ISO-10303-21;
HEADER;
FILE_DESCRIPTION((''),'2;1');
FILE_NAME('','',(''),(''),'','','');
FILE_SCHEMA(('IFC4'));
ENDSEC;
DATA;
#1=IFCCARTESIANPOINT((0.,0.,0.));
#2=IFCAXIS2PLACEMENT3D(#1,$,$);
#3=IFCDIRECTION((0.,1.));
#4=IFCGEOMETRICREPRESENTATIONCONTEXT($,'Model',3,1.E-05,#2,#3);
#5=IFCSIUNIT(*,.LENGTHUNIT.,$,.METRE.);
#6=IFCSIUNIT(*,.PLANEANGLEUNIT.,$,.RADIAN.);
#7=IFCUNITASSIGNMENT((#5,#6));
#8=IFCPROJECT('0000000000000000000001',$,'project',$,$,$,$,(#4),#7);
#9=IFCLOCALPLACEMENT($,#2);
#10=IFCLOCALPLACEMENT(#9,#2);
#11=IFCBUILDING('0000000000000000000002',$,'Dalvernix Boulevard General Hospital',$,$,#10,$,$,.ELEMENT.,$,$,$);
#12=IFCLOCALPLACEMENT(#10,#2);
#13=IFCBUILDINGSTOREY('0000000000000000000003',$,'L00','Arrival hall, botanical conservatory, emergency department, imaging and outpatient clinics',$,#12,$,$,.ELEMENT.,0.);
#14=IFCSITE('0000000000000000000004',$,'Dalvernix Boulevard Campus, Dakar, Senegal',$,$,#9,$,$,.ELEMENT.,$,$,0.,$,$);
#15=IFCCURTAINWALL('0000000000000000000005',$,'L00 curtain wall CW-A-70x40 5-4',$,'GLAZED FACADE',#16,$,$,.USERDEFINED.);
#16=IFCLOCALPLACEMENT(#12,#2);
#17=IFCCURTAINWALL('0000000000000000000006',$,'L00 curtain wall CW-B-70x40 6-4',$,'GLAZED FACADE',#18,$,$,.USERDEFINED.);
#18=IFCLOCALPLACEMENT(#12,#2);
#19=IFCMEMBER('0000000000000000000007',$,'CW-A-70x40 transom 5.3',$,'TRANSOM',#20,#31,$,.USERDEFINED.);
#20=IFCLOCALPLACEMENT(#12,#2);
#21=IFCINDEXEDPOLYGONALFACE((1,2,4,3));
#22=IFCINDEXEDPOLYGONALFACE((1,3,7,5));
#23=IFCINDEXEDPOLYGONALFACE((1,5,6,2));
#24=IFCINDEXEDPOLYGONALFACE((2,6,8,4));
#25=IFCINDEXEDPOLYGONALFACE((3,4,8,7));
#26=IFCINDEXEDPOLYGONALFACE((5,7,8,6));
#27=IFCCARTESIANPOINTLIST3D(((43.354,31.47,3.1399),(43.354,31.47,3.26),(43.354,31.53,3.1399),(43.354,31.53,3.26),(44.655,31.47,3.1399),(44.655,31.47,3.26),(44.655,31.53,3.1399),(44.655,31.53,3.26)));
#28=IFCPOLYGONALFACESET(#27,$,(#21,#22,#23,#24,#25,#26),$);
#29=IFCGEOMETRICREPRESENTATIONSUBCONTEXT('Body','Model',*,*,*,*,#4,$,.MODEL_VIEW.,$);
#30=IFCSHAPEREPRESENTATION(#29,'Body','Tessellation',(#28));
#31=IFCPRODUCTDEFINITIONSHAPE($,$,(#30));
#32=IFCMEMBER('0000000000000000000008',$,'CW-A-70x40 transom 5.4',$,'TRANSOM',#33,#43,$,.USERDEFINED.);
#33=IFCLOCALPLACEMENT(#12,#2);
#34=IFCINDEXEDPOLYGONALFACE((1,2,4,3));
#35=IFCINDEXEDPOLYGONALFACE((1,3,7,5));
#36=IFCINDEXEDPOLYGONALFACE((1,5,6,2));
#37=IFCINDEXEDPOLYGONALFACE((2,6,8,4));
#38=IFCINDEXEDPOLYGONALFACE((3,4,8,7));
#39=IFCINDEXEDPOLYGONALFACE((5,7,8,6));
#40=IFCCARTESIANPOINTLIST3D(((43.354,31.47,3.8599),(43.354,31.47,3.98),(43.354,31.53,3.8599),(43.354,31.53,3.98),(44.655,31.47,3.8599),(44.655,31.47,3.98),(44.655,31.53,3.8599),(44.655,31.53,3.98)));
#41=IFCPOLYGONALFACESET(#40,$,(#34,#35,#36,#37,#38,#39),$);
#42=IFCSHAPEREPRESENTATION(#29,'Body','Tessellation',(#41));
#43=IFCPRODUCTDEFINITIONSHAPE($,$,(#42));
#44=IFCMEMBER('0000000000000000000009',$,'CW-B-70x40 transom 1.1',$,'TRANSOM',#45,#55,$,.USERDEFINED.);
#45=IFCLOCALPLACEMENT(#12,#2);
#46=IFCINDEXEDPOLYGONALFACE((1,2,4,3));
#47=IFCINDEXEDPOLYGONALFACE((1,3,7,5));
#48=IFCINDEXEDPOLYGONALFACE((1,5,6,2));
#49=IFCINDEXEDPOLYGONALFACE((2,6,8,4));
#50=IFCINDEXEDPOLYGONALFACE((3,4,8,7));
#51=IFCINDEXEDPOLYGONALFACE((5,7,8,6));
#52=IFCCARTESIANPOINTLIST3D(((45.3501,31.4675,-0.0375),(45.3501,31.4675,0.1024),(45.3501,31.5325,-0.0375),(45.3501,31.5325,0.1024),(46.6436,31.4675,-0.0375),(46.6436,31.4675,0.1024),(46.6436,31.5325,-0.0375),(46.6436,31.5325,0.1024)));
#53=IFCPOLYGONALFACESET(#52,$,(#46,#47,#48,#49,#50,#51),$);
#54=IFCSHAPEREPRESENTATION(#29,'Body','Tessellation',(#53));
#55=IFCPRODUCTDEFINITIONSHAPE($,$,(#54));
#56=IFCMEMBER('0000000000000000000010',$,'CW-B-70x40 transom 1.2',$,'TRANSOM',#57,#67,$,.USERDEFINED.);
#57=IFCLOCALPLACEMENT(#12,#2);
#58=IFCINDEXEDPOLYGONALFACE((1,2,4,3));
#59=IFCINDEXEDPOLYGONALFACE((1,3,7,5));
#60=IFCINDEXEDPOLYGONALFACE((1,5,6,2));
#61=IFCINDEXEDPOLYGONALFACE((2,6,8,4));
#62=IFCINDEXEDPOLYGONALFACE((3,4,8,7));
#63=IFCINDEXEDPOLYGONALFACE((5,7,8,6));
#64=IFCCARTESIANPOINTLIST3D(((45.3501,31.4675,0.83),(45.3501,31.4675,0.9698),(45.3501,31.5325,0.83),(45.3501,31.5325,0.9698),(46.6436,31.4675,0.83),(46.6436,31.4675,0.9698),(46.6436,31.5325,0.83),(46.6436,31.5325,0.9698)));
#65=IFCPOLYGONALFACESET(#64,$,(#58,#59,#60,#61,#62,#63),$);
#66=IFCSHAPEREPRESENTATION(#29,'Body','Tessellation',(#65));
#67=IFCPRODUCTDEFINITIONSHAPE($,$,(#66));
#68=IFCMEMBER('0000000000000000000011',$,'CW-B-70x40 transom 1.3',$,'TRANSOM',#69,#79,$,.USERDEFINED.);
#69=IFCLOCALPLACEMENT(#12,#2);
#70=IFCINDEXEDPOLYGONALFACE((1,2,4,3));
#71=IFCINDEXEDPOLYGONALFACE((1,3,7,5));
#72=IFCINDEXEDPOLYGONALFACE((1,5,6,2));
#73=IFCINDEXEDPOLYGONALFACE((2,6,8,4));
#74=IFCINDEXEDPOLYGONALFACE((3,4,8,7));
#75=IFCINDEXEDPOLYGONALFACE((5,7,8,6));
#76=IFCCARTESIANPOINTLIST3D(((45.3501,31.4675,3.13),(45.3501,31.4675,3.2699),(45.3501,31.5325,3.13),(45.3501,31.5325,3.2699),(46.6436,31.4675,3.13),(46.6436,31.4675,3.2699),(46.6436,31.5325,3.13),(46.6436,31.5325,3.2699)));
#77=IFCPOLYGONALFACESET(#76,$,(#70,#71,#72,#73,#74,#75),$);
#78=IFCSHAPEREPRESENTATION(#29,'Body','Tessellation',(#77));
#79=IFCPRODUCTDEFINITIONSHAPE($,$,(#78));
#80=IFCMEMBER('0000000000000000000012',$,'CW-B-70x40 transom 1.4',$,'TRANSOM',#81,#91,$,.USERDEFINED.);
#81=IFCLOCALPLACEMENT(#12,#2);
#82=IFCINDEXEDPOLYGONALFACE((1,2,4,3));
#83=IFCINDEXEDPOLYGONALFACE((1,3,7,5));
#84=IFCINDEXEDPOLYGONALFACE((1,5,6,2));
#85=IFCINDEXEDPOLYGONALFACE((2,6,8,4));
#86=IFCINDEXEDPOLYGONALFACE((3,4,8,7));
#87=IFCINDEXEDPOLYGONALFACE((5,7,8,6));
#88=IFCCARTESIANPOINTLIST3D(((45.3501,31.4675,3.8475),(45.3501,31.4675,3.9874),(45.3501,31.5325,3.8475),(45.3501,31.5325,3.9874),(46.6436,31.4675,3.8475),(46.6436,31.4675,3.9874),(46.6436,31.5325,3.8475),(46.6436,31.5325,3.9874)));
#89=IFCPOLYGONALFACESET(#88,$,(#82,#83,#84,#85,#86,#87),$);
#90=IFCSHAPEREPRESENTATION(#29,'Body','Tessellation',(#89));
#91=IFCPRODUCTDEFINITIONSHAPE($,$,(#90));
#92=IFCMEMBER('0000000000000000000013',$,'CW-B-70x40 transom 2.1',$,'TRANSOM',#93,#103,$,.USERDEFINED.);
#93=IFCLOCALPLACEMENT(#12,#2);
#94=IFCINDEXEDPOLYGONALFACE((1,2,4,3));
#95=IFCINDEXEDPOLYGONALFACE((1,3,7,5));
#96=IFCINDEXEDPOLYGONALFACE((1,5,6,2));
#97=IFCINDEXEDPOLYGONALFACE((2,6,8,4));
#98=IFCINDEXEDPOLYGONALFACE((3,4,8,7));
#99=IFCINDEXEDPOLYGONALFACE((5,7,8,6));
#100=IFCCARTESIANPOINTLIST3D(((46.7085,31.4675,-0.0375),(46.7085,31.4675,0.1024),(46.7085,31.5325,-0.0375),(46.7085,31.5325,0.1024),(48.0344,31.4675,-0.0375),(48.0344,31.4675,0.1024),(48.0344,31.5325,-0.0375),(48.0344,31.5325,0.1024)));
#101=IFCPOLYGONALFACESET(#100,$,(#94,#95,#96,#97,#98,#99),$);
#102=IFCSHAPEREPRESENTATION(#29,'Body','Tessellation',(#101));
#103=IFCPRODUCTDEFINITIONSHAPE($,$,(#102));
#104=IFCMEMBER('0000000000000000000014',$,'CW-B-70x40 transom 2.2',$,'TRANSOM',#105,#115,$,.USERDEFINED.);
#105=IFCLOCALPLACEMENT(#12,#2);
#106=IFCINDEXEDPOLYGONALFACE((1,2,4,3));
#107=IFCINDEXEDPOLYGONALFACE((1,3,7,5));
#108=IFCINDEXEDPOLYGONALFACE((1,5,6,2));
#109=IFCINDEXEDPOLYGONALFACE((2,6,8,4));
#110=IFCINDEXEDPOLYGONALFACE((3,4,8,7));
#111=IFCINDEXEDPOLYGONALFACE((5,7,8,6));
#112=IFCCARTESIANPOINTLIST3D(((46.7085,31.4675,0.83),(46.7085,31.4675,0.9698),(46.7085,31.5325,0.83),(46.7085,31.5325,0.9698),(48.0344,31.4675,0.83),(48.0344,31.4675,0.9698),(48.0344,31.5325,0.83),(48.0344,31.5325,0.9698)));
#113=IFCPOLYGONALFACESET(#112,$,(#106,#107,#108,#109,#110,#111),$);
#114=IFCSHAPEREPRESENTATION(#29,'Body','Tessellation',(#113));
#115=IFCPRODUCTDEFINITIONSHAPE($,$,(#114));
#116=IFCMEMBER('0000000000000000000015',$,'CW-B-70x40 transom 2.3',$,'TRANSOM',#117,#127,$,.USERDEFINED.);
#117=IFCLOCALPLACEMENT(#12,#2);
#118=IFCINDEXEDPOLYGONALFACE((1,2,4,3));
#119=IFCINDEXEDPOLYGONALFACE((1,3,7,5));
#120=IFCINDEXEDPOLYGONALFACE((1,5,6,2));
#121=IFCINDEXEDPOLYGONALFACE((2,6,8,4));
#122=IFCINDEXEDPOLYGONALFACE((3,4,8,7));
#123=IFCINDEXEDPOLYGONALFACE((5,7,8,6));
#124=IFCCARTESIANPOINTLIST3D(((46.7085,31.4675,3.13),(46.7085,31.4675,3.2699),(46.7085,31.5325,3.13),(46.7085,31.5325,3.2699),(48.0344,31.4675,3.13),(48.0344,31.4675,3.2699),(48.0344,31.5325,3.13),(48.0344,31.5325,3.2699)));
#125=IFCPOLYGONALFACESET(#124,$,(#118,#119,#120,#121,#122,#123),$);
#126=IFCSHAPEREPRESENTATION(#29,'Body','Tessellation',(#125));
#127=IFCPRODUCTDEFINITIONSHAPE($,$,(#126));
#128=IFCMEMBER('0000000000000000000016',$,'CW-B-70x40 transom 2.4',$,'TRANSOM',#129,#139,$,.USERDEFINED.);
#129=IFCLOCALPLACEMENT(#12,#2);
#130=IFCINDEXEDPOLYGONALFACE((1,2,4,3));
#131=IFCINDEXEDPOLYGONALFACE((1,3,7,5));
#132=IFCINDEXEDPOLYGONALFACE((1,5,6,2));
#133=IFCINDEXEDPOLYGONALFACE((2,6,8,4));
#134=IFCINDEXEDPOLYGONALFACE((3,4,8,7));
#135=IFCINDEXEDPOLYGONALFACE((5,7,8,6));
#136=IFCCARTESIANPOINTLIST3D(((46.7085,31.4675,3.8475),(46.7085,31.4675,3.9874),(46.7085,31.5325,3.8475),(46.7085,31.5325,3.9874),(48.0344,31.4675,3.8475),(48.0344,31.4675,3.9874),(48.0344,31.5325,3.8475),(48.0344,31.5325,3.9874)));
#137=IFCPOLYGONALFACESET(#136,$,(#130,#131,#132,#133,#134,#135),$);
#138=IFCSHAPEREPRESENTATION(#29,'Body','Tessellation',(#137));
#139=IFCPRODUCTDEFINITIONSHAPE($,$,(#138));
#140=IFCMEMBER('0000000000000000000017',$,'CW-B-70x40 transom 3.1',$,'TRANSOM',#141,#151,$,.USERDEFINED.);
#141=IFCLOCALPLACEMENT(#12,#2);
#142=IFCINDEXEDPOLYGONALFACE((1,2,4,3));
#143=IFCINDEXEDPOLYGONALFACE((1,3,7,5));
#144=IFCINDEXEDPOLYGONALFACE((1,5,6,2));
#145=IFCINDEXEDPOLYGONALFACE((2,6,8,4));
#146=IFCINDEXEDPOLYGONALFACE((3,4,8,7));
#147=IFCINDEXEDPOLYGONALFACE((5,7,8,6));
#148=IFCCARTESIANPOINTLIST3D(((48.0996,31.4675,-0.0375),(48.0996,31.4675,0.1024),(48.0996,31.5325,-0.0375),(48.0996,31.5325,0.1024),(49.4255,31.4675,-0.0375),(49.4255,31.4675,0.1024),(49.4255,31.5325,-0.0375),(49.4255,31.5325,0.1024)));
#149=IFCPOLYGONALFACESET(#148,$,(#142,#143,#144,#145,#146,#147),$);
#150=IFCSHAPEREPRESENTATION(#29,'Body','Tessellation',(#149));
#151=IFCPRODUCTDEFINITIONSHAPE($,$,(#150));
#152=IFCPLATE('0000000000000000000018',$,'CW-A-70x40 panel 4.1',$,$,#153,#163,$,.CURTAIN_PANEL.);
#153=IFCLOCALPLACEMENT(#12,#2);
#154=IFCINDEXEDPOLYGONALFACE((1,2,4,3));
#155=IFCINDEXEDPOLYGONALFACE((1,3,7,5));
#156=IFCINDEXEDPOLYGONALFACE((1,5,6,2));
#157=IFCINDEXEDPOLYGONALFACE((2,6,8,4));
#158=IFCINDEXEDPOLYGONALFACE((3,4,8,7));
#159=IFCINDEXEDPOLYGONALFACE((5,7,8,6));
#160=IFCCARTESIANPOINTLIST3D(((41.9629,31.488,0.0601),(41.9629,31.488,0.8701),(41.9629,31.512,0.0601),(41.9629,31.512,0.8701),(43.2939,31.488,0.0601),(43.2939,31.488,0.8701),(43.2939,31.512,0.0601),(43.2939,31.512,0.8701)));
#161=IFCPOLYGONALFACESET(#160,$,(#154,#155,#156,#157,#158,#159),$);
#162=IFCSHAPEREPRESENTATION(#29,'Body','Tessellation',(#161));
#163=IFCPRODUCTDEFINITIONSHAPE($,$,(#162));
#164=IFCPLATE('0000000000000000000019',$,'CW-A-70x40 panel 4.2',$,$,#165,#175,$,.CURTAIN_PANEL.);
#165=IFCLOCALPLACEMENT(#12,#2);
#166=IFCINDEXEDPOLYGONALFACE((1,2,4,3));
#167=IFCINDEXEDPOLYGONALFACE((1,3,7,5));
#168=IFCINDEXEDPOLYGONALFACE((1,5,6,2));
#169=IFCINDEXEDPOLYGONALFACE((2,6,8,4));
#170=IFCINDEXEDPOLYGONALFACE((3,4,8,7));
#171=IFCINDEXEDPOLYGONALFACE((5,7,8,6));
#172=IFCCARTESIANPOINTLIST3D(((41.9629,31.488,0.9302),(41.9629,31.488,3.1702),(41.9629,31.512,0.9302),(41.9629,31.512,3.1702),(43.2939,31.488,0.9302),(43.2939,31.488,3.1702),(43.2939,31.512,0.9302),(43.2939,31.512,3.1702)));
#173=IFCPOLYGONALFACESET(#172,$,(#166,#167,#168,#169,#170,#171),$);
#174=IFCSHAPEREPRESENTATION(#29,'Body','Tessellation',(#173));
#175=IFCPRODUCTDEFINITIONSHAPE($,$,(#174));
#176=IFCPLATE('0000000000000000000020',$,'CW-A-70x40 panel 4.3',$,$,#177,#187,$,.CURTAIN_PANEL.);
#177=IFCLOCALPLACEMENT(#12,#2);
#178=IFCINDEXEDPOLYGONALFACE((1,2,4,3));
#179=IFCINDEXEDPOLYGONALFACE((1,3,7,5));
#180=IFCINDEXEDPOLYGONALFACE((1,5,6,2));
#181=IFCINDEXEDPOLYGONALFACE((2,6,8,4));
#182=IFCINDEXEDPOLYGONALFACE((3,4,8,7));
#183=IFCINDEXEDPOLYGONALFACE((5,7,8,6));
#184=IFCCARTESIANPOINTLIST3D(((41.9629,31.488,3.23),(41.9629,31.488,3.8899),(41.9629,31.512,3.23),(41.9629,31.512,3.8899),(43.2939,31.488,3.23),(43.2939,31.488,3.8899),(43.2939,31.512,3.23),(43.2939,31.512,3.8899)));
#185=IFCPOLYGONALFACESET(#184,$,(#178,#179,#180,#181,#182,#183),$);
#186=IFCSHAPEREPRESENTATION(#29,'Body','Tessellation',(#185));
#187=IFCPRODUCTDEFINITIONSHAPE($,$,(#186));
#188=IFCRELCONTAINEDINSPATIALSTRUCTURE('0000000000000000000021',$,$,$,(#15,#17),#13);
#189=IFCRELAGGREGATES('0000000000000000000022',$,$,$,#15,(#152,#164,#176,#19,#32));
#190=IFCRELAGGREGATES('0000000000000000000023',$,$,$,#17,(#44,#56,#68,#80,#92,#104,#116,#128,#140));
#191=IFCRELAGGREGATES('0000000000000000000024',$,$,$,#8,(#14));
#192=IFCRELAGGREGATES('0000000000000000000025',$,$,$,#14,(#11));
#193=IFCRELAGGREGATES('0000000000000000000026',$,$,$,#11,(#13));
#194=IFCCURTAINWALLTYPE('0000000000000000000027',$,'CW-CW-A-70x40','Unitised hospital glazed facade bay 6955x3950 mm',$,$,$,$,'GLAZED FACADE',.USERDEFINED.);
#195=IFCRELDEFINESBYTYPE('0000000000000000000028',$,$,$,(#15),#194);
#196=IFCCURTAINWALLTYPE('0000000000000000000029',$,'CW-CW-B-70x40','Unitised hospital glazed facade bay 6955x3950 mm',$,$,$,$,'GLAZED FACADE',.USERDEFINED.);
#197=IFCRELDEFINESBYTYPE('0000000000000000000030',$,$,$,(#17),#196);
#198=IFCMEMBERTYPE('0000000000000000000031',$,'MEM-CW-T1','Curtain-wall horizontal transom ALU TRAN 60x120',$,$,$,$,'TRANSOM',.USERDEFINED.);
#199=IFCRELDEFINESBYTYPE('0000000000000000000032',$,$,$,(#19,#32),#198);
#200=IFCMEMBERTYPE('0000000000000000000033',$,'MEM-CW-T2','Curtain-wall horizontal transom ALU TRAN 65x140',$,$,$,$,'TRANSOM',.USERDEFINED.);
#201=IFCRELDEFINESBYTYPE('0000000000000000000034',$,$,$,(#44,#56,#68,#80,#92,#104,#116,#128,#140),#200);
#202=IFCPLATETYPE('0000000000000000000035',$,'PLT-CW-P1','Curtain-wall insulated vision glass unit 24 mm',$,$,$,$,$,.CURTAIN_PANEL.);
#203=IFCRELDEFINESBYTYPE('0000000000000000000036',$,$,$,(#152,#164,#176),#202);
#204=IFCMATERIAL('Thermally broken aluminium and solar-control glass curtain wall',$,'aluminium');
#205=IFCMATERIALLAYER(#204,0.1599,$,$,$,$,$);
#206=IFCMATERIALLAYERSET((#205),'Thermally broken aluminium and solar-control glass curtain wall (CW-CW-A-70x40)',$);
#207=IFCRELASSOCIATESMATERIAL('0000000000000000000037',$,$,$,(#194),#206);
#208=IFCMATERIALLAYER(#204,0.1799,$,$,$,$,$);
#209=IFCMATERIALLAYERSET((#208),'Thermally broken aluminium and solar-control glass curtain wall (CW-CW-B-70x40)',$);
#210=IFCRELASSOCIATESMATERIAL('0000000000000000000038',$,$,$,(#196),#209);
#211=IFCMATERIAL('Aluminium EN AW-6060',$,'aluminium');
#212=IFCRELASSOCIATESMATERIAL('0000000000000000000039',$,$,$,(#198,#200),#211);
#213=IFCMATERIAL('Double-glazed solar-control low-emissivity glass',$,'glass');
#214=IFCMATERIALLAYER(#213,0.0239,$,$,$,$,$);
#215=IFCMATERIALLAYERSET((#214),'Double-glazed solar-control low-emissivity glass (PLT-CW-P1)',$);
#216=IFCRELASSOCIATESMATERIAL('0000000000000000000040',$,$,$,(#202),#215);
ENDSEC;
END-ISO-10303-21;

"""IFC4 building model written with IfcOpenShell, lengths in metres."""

from ifc_helpers import new_model, si_unit, direction, frame, origin, origin_2d, place, context, subcontext, project, spatial, rectangle, extrude, material, layer, layer_set, material_profile, profile_set, type_object, element, aggregate, save


model = new_model("IFC4")

# Units and contexts
model_context = context("Model", 3, precision=1e-05, world=origin(), true_north=direction((0.0, 1.0)))
body_context = subcontext(model_context, "Body", "Model", "MODEL_VIEW")
ifc_project = project(units=[si_unit("LENGTHUNIT", "METRE"), si_unit("PLANEANGLEUNIT", "RADIAN")], contexts=[model_context])

# Site, building, storey
site_placement = place(None, origin())
site = spatial("IfcSite", under=ifc_project, at=site_placement, Name="Dalvernix Boulevard Campus, Dakar, Senegal", CompositionType="ELEMENT", RefElevation=0.0)
building_placement = place(site_placement, origin())
building = spatial("IfcBuilding", under=site, at=building_placement, Name="Dalvernix Boulevard General Hospital", CompositionType="ELEMENT")
storey_placement = place(building_placement, origin())
storey = spatial("IfcBuildingStorey", under=building, at=storey_placement, Name="L00", Description="Arrival hall, botanical conservatory, emergency department, imaging and outpatient clinics", CompositionType="ELEMENT", Elevation=0.0)

# Curtain walls
ifc_material_1 = material(Name="Thermally broken aluminium and solar-control glass curtain wall", Category="aluminium")
ifc_layer_1 = layer(ifc_material_1, 0.1599)
ifc_layer_set_1 = layer_set([ifc_layer_1], Name="Thermally broken aluminium and solar-control glass curtain wall (CW-CW-A-70x40)")
curtain_wall_type_1 = type_object("IfcCurtainWallType", Name="CW-CW-A-70x40", Description="Unitised hospital glazed facade bay 6955x3950 mm", ElementType="GLAZED FACADE", PredefinedType="USERDEFINED", material=ifc_layer_set_1)
curtain_wall_1_placement = place(storey_placement, origin())
curtain_wall_1 = element("IfcCurtainWall", 1, at=curtain_wall_1_placement, inside=storey, type_object=curtain_wall_type_1, Name="L00 curtain wall CW-A-70x40 5-4", ObjectType="GLAZED FACADE", PredefinedType="USERDEFINED")
ifc_material_2 = material(Name="Aluminium EN AW-6060", Category="aluminium")
ifc_layer_2 = layer(ifc_material_1, 0.1799)
ifc_layer_set_2 = layer_set([ifc_layer_2], Name="Thermally broken aluminium and solar-control glass curtain wall (CW-CW-B-70x40)")
curtain_wall_type_2 = type_object("IfcCurtainWallType", Name="CW-CW-B-70x40", Description="Unitised hospital glazed facade bay 6955x3950 mm", ElementType="GLAZED FACADE", PredefinedType="USERDEFINED", material=ifc_layer_set_2)
curtain_wall_2_placement = place(storey_placement, origin())
curtain_wall_2 = element("IfcCurtainWall", 2, at=curtain_wall_2_placement, inside=storey, type_object=curtain_wall_type_2, Name="L00 curtain wall CW-B-70x40 6-4", ObjectType="GLAZED FACADE", PredefinedType="USERDEFINED")

# Members
ifc_material_profile_1 = material_profile(ifc_material_2, rectangle(XDim=0.0601, YDim=0.1201, at=origin_2d()), Name="ALU TRAN 60x120")
ifc_profile_set_1 = profile_set([ifc_material_profile_1], Name="Aluminium EN AW-6060")
member_type_1 = type_object("IfcMemberType", Name="MEM-CW-T1", Description="Curtain-wall horizontal transom ALU TRAN 60x120", ElementType="TRANSOM", PredefinedType="USERDEFINED", material=ifc_profile_set_1)
member_1_placement = place(storey_placement, frame((43.354, 31.5, 3.2), z_axis=(1.0, 0.0, 0.0), x_axis=(0.0, 1.0, 0.0)))
member_1 = element("IfcMember", 3, at=member_1_placement, type_object=member_type_1, Name="CW-A-70x40 transom 5.3", ObjectType="TRANSOM", PredefinedType="USERDEFINED", context=body_context, shape_type="SweptSolid", body=[
    extrude(rectangle(XDim=0.0601, YDim=0.1201, at=origin_2d()), origin(), (0.0, 0.0, 1.0), 1.301),
])
member_2_placement = place(storey_placement, frame((43.354, 31.5, 3.9199), z_axis=(1.0, 0.0, 0.0), x_axis=(0.0, 1.0, 0.0)))
member_2 = element("IfcMember", 4, at=member_2_placement, type_object=member_type_1, Name="CW-A-70x40 transom 5.4", ObjectType="TRANSOM", PredefinedType="USERDEFINED", context=body_context, shape_type="SweptSolid", body=[
    extrude(rectangle(XDim=0.0601, YDim=0.1201, at=origin_2d()), origin(), (0.0, 0.0, 1.0), 1.301),
])
ifc_material_profile_2 = material_profile(ifc_material_2, rectangle(XDim=0.0649, YDim=0.1399, at=origin_2d()), Name="ALU TRAN 65x140")
ifc_profile_set_2 = profile_set([ifc_material_profile_2], Name="Aluminium EN AW-6060")
member_type_2 = type_object("IfcMemberType", Name="MEM-CW-T2", Description="Curtain-wall horizontal transom ALU TRAN 65x140", ElementType="TRANSOM", PredefinedType="USERDEFINED", material=ifc_profile_set_2)
member_3_placement = place(storey_placement, frame((45.3501, 31.5, 0.0325), z_axis=(1.0, 0.0, 0.0), x_axis=(0.0, 1.0, 0.0)))
member_3 = element("IfcMember", 5, at=member_3_placement, type_object=member_type_2, Name="CW-B-70x40 transom 1.1", ObjectType="TRANSOM", PredefinedType="USERDEFINED", context=body_context, shape_type="SweptSolid", body=[
    extrude(rectangle(XDim=0.0649, YDim=0.1399, at=origin_2d()), origin(), (0.0, 0.0, 1.0), 1.2935),
])
member_4_placement = place(storey_placement, frame((45.3501, 31.5, 0.8999), z_axis=(1.0, 0.0, 0.0), x_axis=(0.0, 1.0, 0.0)))
member_4 = element("IfcMember", 6, at=member_4_placement, type_object=member_type_2, Name="CW-B-70x40 transom 1.2", ObjectType="TRANSOM", PredefinedType="USERDEFINED", context=body_context, shape_type="SweptSolid", body=[
    extrude(rectangle(XDim=0.0649, YDim=0.1399, at=origin_2d()), origin(), (0.0, 0.0, 1.0), 1.2935),
])
member_5_placement = place(storey_placement, frame((45.3501, 31.5, 3.2), z_axis=(1.0, 0.0, 0.0), x_axis=(0.0, 1.0, 0.0)))
member_5 = element("IfcMember", 7, at=member_5_placement, type_object=member_type_2, Name="CW-B-70x40 transom 1.3", ObjectType="TRANSOM", PredefinedType="USERDEFINED", context=body_context, shape_type="SweptSolid", body=[
    extrude(rectangle(XDim=0.0649, YDim=0.1399, at=origin_2d()), origin(), (0.0, 0.0, 1.0), 1.2935),
])
member_6_placement = place(storey_placement, frame((45.3501, 31.5, 3.9175), z_axis=(1.0, 0.0, 0.0), x_axis=(0.0, 1.0, 0.0)))
member_6 = element("IfcMember", 8, at=member_6_placement, type_object=member_type_2, Name="CW-B-70x40 transom 1.4", ObjectType="TRANSOM", PredefinedType="USERDEFINED", context=body_context, shape_type="SweptSolid", body=[
    extrude(rectangle(XDim=0.0649, YDim=0.1399, at=origin_2d()), origin(), (0.0, 0.0, 1.0), 1.2935),
])
member_7_placement = place(storey_placement, frame((46.7085, 31.5, 0.0325), z_axis=(1.0, 0.0, 0.0), x_axis=(0.0, 1.0, 0.0)))
member_7 = element("IfcMember", 9, at=member_7_placement, type_object=member_type_2, Name="CW-B-70x40 transom 2.1", ObjectType="TRANSOM", PredefinedType="USERDEFINED", context=body_context, shape_type="SweptSolid", body=[
    extrude(rectangle(XDim=0.0649, YDim=0.1399, at=origin_2d()), origin(), (0.0, 0.0, 1.0), 1.3259),
])
member_8_placement = place(storey_placement, frame((46.7085, 31.5, 0.8999), z_axis=(1.0, 0.0, 0.0), x_axis=(0.0, 1.0, 0.0)))
member_8 = element("IfcMember", 10, at=member_8_placement, type_object=member_type_2, Name="CW-B-70x40 transom 2.2", ObjectType="TRANSOM", PredefinedType="USERDEFINED", context=body_context, shape_type="SweptSolid", body=[
    extrude(rectangle(XDim=0.0649, YDim=0.1399, at=origin_2d()), origin(), (0.0, 0.0, 1.0), 1.3259),
])
member_9_placement = place(storey_placement, frame((46.7085, 31.5, 3.2), z_axis=(1.0, 0.0, 0.0), x_axis=(0.0, 1.0, 0.0)))
member_9 = element("IfcMember", 11, at=member_9_placement, type_object=member_type_2, Name="CW-B-70x40 transom 2.3", ObjectType="TRANSOM", PredefinedType="USERDEFINED", context=body_context, shape_type="SweptSolid", body=[
    extrude(rectangle(XDim=0.0649, YDim=0.1399, at=origin_2d()), origin(), (0.0, 0.0, 1.0), 1.3259),
])
member_10_placement = place(storey_placement, frame((46.7085, 31.5, 3.9175), z_axis=(1.0, 0.0, 0.0), x_axis=(0.0, 1.0, 0.0)))
member_10 = element("IfcMember", 12, at=member_10_placement, type_object=member_type_2, Name="CW-B-70x40 transom 2.4", ObjectType="TRANSOM", PredefinedType="USERDEFINED", context=body_context, shape_type="SweptSolid", body=[
    extrude(rectangle(XDim=0.0649, YDim=0.1399, at=origin_2d()), origin(), (0.0, 0.0, 1.0), 1.3259),
])
member_11_placement = place(storey_placement, frame((48.0996, 31.5, 0.0325), z_axis=(1.0, 0.0, 0.0), x_axis=(0.0, 1.0, 0.0)))
member_11 = element("IfcMember", 13, at=member_11_placement, type_object=member_type_2, Name="CW-B-70x40 transom 3.1", ObjectType="TRANSOM", PredefinedType="USERDEFINED", context=body_context, shape_type="SweptSolid", body=[
    extrude(rectangle(XDim=0.0649, YDim=0.1399, at=origin_2d()), origin(), (0.0, 0.0, 1.0), 1.3259),
])

# Plates
ifc_material_3 = material(Name="Double-glazed solar-control low-emissivity glass", Category="glass")
ifc_layer_3 = layer(ifc_material_3, 0.0239)
ifc_layer_set_3 = layer_set([ifc_layer_3], Name="Double-glazed solar-control low-emissivity glass (PLT-CW-P1)")
plate_type_1 = type_object("IfcPlateType", Name="PLT-CW-P1", Description="Curtain-wall insulated vision glass unit 24 mm", PredefinedType="CURTAIN_PANEL", material=ifc_layer_set_3)
plate_1_placement = place(storey_placement, frame((42.6284, 31.5, 0.0601), z_axis=(0.0, 0.0, 1.0), x_axis=(1.0, 0.0, 0.0)))
plate_1 = element("IfcPlate", 14, at=plate_1_placement, type_object=plate_type_1, Name="CW-A-70x40 panel 4.1", PredefinedType="CURTAIN_PANEL", context=body_context, shape_type="SweptSolid", body=[
    extrude(rectangle(XDim=1.3311, YDim=0.0239, at=origin_2d()), origin(), (0.0, 0.0, 1.0), 0.8101),
])
plate_2_placement = place(storey_placement, frame((42.6284, 31.5, 0.9302), z_axis=(0.0, 0.0, 1.0), x_axis=(1.0, 0.0, 0.0)))
plate_2 = element("IfcPlate", 15, at=plate_2_placement, type_object=plate_type_1, Name="CW-A-70x40 panel 4.2", PredefinedType="CURTAIN_PANEL", context=body_context, shape_type="SweptSolid", body=[
    extrude(rectangle(XDim=1.3311, YDim=0.0239, at=origin_2d()), origin(), (0.0, 0.0, 1.0), 2.24),
])
plate_3_placement = place(storey_placement, frame((42.6284, 31.5, 3.23), z_axis=(0.0, 0.0, 1.0), x_axis=(1.0, 0.0, 0.0)))
plate_3 = element("IfcPlate", 16, at=plate_3_placement, type_object=plate_type_1, Name="CW-A-70x40 panel 4.3", PredefinedType="CURTAIN_PANEL", context=body_context, shape_type="SweptSolid", body=[
    extrude(rectangle(XDim=1.3311, YDim=0.0239, at=origin_2d()), origin(), (0.0, 0.0, 1.0), 0.6599),
])
aggregate(curtain_wall_1, [plate_1, plate_2, plate_3, member_1, member_2])
aggregate(curtain_wall_2, [member_3, member_4, member_5, member_6, member_7, member_8, member_9, member_10, member_11])

save(model, "model.ifc")
